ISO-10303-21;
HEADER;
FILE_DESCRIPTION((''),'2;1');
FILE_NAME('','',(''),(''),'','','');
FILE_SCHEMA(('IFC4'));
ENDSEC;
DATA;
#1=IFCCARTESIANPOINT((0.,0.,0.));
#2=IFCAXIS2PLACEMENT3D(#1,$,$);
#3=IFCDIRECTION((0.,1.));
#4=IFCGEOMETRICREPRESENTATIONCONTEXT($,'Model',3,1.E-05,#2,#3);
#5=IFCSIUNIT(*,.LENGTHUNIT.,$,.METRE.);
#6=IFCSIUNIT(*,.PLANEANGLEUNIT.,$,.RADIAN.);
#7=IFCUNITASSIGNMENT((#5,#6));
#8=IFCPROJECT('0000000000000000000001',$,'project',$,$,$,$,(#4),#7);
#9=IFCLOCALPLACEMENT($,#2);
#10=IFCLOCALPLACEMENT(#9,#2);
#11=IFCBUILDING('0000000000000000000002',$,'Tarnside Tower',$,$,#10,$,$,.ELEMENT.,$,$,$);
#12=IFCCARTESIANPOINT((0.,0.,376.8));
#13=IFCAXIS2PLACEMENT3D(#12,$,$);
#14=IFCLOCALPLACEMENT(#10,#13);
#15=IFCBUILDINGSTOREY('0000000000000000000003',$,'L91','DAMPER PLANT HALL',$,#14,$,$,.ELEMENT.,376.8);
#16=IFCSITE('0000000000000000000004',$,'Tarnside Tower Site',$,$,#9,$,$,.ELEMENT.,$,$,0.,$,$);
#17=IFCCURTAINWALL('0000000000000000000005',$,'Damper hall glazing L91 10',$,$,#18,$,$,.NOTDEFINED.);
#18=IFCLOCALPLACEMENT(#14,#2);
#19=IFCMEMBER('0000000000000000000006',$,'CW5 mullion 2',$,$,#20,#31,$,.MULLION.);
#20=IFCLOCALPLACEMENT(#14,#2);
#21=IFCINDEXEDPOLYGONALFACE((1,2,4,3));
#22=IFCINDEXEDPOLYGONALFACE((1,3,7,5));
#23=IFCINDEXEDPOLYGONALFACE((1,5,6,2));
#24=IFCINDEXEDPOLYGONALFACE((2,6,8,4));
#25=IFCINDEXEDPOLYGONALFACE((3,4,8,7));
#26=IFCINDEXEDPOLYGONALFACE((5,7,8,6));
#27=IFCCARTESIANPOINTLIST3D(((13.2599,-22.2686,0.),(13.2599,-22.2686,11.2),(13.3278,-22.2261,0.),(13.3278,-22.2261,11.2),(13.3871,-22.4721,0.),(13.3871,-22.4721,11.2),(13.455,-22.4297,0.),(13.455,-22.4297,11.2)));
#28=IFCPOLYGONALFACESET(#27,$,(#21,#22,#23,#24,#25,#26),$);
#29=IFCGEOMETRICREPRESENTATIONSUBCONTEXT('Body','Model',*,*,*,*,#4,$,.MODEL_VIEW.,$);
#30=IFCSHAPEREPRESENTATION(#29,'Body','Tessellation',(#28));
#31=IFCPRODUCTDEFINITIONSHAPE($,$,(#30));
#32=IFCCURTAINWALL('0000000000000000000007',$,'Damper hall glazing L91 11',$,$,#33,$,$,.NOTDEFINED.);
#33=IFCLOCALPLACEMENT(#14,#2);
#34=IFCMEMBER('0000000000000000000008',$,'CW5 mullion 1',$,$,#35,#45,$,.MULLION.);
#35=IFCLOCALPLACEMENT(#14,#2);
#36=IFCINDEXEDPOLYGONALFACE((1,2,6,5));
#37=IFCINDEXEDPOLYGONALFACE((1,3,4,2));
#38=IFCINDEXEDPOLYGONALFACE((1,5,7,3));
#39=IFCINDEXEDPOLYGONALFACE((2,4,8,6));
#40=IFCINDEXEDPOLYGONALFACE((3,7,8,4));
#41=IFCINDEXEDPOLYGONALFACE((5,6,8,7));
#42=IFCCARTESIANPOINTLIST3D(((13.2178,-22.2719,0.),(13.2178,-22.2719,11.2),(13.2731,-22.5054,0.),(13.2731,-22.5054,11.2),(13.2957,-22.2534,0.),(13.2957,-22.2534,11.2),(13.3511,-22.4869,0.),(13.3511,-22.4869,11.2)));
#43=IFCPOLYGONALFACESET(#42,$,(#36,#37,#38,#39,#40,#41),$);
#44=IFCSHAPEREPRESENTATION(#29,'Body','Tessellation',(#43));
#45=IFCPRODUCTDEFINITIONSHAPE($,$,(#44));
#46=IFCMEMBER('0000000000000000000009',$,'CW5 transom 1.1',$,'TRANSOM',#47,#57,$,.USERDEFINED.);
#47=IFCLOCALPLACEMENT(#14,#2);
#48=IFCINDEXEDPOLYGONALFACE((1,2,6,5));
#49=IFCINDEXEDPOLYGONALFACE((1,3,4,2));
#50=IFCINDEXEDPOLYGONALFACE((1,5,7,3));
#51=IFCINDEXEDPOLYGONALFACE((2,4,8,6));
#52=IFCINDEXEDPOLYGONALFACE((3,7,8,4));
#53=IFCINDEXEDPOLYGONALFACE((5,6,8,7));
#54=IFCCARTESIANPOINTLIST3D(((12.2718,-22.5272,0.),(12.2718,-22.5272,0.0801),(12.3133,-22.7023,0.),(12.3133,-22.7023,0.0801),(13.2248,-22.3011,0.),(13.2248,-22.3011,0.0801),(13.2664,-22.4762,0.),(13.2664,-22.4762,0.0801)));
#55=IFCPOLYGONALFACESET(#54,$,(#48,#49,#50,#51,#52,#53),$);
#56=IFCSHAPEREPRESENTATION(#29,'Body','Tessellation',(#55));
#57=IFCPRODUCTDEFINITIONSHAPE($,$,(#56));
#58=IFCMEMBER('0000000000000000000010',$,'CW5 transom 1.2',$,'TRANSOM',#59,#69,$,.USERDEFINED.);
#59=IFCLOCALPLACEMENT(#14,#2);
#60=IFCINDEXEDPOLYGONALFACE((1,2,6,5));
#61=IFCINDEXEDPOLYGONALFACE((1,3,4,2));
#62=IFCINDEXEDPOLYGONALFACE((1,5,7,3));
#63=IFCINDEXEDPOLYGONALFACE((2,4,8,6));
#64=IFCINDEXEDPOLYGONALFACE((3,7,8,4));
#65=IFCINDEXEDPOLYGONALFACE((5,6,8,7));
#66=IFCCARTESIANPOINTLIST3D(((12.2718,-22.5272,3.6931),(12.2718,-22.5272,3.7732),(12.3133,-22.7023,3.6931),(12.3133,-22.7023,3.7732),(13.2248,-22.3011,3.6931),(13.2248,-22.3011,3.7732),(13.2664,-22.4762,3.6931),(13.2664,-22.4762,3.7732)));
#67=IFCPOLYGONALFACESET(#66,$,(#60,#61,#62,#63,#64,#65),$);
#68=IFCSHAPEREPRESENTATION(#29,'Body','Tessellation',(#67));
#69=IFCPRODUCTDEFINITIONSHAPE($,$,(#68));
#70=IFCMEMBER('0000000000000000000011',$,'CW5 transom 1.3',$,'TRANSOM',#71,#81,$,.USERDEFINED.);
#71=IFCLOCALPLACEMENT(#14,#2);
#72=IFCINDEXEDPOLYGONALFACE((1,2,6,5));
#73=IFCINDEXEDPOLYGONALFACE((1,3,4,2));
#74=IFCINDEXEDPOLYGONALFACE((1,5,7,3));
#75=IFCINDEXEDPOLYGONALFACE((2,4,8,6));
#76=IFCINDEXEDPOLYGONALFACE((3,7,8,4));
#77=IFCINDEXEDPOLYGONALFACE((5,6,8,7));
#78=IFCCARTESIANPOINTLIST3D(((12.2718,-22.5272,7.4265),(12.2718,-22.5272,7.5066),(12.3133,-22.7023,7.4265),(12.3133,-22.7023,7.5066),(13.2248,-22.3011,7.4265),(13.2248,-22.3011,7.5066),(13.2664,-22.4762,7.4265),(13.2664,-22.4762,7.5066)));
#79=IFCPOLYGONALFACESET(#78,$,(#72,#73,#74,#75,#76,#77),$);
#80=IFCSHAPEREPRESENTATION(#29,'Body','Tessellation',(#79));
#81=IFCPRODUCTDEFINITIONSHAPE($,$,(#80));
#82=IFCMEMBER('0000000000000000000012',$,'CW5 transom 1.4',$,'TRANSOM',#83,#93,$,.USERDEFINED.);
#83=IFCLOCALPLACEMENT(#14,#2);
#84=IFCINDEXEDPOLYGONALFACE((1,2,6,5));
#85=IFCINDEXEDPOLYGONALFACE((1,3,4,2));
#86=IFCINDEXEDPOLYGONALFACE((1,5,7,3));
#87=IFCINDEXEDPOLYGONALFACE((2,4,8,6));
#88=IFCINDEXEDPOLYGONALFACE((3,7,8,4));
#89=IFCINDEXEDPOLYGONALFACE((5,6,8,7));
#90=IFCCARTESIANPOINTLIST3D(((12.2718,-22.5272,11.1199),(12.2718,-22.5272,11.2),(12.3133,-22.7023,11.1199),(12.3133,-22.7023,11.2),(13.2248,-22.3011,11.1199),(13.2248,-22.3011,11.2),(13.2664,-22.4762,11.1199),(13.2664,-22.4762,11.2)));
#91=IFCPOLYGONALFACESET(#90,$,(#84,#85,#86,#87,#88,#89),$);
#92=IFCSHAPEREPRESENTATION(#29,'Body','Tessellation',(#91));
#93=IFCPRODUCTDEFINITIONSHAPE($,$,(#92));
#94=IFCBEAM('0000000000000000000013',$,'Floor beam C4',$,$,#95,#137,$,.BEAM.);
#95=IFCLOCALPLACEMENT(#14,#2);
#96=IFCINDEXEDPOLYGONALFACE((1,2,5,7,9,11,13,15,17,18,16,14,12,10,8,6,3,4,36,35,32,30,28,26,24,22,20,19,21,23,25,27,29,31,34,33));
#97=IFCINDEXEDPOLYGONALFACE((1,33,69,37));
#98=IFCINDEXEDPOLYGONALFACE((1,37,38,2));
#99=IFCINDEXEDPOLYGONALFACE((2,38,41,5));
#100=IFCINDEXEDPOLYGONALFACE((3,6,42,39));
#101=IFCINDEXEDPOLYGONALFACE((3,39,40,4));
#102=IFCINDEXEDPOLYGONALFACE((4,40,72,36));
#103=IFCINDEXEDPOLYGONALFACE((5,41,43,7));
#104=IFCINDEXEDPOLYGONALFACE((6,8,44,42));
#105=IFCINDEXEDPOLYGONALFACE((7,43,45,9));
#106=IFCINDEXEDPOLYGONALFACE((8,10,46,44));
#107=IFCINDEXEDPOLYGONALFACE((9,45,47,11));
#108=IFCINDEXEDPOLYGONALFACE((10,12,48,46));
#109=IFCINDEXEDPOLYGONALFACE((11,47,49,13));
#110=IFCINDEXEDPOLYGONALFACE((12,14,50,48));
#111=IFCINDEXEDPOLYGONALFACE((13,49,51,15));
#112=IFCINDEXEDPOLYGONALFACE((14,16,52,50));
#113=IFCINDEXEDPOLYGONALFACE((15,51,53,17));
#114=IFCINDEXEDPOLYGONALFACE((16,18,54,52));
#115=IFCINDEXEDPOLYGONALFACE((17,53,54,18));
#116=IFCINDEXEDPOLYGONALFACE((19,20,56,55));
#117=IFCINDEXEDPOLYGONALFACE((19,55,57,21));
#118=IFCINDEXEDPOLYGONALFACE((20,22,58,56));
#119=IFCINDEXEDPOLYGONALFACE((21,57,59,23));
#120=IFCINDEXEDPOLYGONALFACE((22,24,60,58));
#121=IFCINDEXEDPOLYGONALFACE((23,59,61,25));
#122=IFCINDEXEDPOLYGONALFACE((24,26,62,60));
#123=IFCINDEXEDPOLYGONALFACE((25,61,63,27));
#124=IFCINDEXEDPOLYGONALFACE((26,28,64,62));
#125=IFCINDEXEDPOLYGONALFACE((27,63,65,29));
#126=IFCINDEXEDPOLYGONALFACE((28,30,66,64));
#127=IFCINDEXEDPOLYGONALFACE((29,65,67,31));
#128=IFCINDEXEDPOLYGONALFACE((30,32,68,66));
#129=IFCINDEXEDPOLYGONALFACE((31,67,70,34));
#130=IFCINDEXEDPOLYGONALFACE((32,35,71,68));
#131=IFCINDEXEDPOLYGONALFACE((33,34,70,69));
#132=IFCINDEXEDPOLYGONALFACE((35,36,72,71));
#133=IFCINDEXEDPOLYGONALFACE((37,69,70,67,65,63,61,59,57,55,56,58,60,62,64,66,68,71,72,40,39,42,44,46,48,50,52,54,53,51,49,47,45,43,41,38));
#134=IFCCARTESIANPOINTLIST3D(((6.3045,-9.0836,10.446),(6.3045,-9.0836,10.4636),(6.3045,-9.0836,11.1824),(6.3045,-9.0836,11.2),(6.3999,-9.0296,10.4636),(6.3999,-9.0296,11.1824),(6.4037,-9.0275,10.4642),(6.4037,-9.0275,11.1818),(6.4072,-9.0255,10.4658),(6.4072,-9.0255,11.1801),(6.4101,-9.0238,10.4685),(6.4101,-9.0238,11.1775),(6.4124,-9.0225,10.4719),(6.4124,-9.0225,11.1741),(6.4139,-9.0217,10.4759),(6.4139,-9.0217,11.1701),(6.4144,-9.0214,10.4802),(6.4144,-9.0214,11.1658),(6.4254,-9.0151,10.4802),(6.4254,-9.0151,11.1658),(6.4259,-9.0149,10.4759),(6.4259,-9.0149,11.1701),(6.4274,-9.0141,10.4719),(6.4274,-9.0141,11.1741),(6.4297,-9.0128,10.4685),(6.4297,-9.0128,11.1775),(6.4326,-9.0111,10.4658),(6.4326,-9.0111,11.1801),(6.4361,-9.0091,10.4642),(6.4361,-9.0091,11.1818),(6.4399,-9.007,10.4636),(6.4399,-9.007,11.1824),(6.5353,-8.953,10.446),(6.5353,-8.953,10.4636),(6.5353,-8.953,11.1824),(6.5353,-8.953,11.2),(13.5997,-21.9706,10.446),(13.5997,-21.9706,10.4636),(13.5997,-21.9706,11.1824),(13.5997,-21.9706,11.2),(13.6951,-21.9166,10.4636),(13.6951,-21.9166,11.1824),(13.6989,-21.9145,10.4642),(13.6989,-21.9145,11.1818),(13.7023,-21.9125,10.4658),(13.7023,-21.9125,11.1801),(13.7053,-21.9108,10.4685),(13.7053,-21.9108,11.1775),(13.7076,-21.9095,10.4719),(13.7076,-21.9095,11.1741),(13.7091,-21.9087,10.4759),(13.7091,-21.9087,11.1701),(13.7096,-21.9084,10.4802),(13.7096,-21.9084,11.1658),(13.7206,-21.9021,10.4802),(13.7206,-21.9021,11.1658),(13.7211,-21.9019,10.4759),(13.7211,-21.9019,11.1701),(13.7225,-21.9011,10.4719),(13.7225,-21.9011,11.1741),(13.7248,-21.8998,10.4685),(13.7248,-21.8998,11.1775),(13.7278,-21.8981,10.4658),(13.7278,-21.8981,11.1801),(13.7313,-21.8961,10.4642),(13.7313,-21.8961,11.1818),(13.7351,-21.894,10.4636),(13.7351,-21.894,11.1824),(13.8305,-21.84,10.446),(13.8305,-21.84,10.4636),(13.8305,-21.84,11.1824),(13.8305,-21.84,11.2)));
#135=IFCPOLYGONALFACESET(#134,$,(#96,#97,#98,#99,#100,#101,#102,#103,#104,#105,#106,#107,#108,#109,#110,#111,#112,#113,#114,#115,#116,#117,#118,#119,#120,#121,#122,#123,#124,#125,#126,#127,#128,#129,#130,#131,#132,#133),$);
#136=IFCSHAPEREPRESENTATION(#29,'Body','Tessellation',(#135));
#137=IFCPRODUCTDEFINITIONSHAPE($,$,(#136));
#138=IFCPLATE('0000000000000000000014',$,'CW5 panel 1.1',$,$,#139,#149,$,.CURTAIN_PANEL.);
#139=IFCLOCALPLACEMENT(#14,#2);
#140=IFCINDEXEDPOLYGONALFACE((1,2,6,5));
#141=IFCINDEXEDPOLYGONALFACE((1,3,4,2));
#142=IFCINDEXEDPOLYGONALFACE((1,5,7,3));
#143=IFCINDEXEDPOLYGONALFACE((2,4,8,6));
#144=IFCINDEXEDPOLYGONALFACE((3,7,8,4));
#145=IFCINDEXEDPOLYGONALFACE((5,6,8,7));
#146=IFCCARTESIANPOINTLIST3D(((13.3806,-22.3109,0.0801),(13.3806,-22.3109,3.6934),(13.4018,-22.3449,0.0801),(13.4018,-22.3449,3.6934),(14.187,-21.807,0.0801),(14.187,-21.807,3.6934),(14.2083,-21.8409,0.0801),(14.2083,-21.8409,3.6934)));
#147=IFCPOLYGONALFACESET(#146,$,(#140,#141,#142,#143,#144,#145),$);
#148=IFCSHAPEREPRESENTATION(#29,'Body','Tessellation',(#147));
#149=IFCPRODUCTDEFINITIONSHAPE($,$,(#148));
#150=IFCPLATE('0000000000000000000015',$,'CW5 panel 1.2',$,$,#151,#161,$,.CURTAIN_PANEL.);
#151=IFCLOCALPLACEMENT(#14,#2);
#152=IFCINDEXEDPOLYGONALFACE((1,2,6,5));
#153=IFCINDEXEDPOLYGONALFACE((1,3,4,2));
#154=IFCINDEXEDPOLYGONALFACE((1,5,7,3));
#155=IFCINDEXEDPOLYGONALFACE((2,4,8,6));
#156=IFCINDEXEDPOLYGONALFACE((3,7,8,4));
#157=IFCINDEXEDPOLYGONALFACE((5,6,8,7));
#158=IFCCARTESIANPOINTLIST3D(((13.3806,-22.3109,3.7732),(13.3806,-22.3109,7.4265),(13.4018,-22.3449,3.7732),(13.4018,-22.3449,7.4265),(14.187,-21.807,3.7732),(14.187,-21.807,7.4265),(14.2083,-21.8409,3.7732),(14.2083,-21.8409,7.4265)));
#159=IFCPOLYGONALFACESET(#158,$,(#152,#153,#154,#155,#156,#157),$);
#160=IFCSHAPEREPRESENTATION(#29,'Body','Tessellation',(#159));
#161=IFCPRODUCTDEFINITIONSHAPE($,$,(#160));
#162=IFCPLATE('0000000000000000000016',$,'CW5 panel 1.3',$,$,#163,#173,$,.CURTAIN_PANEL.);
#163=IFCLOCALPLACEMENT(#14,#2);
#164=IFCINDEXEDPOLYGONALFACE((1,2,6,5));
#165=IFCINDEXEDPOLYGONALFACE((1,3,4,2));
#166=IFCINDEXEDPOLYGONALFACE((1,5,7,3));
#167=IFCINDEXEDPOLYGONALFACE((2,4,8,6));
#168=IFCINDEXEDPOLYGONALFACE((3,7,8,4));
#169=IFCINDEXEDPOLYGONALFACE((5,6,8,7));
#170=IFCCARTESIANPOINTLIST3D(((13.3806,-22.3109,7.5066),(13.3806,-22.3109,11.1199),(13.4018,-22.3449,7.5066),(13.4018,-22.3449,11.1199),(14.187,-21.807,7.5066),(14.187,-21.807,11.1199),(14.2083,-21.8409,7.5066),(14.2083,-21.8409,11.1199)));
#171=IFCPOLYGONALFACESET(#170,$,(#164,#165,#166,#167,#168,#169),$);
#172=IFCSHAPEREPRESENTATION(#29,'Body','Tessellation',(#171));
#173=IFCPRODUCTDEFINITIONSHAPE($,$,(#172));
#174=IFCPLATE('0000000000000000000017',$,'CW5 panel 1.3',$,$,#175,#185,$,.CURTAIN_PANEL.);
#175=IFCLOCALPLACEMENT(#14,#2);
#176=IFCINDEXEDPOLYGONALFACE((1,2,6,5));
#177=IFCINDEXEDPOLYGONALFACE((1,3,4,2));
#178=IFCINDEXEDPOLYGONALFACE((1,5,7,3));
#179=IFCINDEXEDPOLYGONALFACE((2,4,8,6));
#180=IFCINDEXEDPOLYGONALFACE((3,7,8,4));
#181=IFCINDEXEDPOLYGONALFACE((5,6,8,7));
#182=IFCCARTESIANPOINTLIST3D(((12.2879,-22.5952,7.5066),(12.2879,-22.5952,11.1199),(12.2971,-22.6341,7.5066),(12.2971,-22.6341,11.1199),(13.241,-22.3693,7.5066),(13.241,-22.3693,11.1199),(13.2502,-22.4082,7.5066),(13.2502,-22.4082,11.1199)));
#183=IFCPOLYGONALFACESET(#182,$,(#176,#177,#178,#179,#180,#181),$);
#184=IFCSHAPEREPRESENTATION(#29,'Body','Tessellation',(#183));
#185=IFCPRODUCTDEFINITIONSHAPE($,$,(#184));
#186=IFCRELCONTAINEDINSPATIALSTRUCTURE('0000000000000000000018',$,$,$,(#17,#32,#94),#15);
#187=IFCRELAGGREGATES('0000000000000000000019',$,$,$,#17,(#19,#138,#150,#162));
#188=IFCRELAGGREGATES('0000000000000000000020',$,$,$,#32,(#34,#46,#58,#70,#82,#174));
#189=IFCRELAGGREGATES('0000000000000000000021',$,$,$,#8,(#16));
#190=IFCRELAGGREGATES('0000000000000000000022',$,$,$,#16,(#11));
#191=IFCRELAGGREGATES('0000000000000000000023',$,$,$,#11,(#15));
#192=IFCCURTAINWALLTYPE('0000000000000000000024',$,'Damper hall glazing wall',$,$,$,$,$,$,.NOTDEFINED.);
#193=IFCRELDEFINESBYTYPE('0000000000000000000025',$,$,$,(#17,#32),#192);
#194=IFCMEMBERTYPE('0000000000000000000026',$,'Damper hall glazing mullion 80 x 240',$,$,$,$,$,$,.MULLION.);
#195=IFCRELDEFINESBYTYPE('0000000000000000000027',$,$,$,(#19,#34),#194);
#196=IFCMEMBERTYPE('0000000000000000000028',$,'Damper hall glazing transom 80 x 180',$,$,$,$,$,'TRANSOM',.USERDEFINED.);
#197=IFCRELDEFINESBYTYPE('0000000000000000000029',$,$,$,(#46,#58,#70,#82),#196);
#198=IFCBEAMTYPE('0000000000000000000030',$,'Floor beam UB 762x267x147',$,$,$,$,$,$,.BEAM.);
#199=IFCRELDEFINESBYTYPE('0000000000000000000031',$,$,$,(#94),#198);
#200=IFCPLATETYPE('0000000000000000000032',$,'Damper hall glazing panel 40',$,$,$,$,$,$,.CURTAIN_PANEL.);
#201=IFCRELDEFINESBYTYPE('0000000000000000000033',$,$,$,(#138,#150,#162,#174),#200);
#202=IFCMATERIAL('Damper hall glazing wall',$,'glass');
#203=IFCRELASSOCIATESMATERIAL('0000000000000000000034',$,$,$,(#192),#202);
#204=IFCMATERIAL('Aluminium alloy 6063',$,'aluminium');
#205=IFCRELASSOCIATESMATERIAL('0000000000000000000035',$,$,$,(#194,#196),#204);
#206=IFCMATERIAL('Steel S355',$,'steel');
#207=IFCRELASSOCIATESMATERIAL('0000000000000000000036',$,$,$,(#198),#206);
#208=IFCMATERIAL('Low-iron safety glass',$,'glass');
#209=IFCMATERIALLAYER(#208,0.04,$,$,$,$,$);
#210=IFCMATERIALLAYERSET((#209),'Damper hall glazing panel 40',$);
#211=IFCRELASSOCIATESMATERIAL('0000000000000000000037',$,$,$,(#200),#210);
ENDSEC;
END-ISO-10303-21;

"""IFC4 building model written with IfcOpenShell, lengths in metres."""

from ifc_helpers import new_model, si_unit, direction, frame, origin, origin_2d, place, context, subcontext, project, spatial, rectangle, i_section, extrude, material, layer, layer_set, material_profile, profile_set, type_object, element, aggregate, save


model = new_model("IFC4")

# Units and contexts
model_context = context("Model", 3, precision=1e-05, world=origin(), true_north=direction((0.0, 1.0)))
body_context = subcontext(model_context, "Body", "Model", "MODEL_VIEW")
ifc_project = project(units=[si_unit("LENGTHUNIT", "METRE"), si_unit("PLANEANGLEUNIT", "RADIAN")], contexts=[model_context])

# Site, building, storey
site_placement = place(None, origin())
site = spatial("IfcSite", under=ifc_project, at=site_placement, Name="Tarnside Tower Site", CompositionType="ELEMENT", RefElevation=0.0)
building_placement = place(site_placement, origin())
building = spatial("IfcBuilding", under=site, at=building_placement, Name="Tarnside Tower", CompositionType="ELEMENT")
storey_placement = place(building_placement, frame((0.0, 0.0, 376.8)))
storey = spatial("IfcBuildingStorey", under=building, at=storey_placement, Name="L91", Description="DAMPER PLANT HALL", CompositionType="ELEMENT", Elevation=376.8)

# Curtain wall, member
ifc_material_1 = material(Name="Damper hall glazing wall", Category="glass")
curtain_wall_type = type_object("IfcCurtainWallType", Name="Damper hall glazing wall", PredefinedType="NOTDEFINED", material=ifc_material_1)
curtain_wall_1_placement = place(storey_placement, origin())
curtain_wall_1 = element("IfcCurtainWall", 1, at=curtain_wall_1_placement, inside=storey, type_object=curtain_wall_type, Name="Damper hall glazing L91 10", PredefinedType="NOTDEFINED")
ifc_material_2 = material(Name="Aluminium alloy 6063", Category="aluminium")
ifc_material_profile_1 = material_profile(ifc_material_2, rectangle(XDim=0.24, YDim=0.0801, at=origin_2d()), Name="Damper hall glazing mullion 80 x 240")
ifc_profile_set_1 = profile_set([ifc_material_profile_1], Name="Aluminium alloy 6063")
member_type_1 = type_object("IfcMemberType", Name="Damper hall glazing mullion 80 x 240", PredefinedType="MULLION", material=ifc_profile_set_1)
member_1_placement = place(storey_placement, frame((13.3574, -22.3491, 0.0), z_axis=(0.0, 0.0, 1.0), x_axis=(0.529919, -0.848048, 0.0)))
member_1 = element("IfcMember", 2, at=member_1_placement, type_object=member_type_1, Name="CW5 mullion 2", PredefinedType="MULLION", context=body_context, shape_type="SweptSolid", body=[
    extrude(rectangle(XDim=0.24, YDim=0.0801, at=origin_2d()), origin(), (0.0, 0.0, 1.0), 11.2),
])

# Curtain wall, members
curtain_wall_2_placement = place(storey_placement, origin())
curtain_wall_2 = element("IfcCurtainWall", 3, at=curtain_wall_2_placement, inside=storey, type_object=curtain_wall_type, Name="Damper hall glazing L91 11", PredefinedType="NOTDEFINED")
member_2_placement = place(storey_placement, frame((13.2844, -22.3794, 0.0), z_axis=(0.0, 0.0, 1.0), x_axis=(0.230616, -0.973045, 0.0)))
member_2 = element("IfcMember", 4, at=member_2_placement, type_object=member_type_1, Name="CW5 mullion 1", PredefinedType="MULLION", context=body_context, shape_type="SweptSolid", body=[
    extrude(rectangle(XDim=0.24, YDim=0.0801, at=origin_2d()), origin(), (0.0, 0.0, 1.0), 11.2),
])
ifc_material_profile_2 = material_profile(ifc_material_2, rectangle(XDim=0.1799, YDim=0.0801, at=origin_2d()), Name="Damper hall glazing transom 80 x 180")
ifc_profile_set_2 = profile_set([ifc_material_profile_2], Name="Aluminium alloy 6063")
member_type_2 = type_object("IfcMemberType", Name="Damper hall glazing transom 80 x 180", ElementType="TRANSOM", PredefinedType="USERDEFINED", material=ifc_profile_set_2)
member_3_placement = place(storey_placement, frame((13.2456, -22.3887, 0.04), z_axis=(-0.973004, -0.230789, 0.0), x_axis=(0.230789, -0.973004, 0.0)))
member_3 = element("IfcMember", 5, at=member_3_placement, type_object=member_type_2, Name="CW5 transom 1.1", ObjectType="TRANSOM", PredefinedType="USERDEFINED", context=body_context, shape_type="SweptSolid", body=[
    extrude(rectangle(XDim=0.1799, YDim=0.0801, at=origin_2d()), origin(), (0.0, 0.0, 1.0), 0.9795),
])
member_4_placement = place(storey_placement, frame((13.2456, -22.3887, 3.7332), z_axis=(-0.973004, -0.230789, 0.0), x_axis=(0.230789, -0.973004, 0.0)))
member_4 = element("IfcMember", 6, at=member_4_placement, type_object=member_type_2, Name="CW5 transom 1.2", ObjectType="TRANSOM", PredefinedType="USERDEFINED", context=body_context, shape_type="SweptSolid", body=[
    extrude(rectangle(XDim=0.1799, YDim=0.0801, at=origin_2d()), origin(), (0.0, 0.0, 1.0), 0.9795),
])
member_5_placement = place(storey_placement, frame((13.2456, -22.3887, 7.4666), z_axis=(-0.973004, -0.230789, 0.0), x_axis=(0.230789, -0.973004, 0.0)))
member_5 = element("IfcMember", 7, at=member_5_placement, type_object=member_type_2, Name="CW5 transom 1.3", ObjectType="TRANSOM", PredefinedType="USERDEFINED", context=body_context, shape_type="SweptSolid", body=[
    extrude(rectangle(XDim=0.1799, YDim=0.0801, at=origin_2d()), origin(), (0.0, 0.0, 1.0), 0.9795),
])
member_6_placement = place(storey_placement, frame((13.2456, -22.3887, 11.1599), z_axis=(-0.973004, -0.230789, 0.0), x_axis=(0.230789, -0.973004, 0.0)))
member_6 = element("IfcMember", 8, at=member_6_placement, type_object=member_type_2, Name="CW5 transom 1.4", ObjectType="TRANSOM", PredefinedType="USERDEFINED", context=body_context, shape_type="SweptSolid", body=[
    extrude(rectangle(XDim=0.1799, YDim=0.0801, at=origin_2d()), origin(), (0.0, 0.0, 1.0), 0.9795),
])

# Beam
ifc_material_3 = material(Name="Steel S355", Category="steel")
ifc_material_profile_3 = material_profile(ifc_material_3, i_section(OverallWidth=0.2651, OverallDepth=0.7539, WebThickness=0.0127, FlangeThickness=0.0176, FilletRadius=0.0166, at=origin_2d()), Name="UB 762x267x147")
ifc_profile_set_3 = profile_set([ifc_material_profile_3], Name="Steel S355")
beam_type = type_object("IfcBeamType", Name="Floor beam UB 762x267x147", PredefinedType="BEAM", material=ifc_profile_set_3)
beam_placement = place(storey_placement, frame((13.7151, -21.9053, 10.823), z_axis=(-0.492632, 0.870238, 0.0), x_axis=(-0.870238, -0.492632, 0.0)))
element("IfcBeam", 9, at=beam_placement, inside=storey, type_object=beam_type, Name="Floor beam C4", PredefinedType="BEAM", context=body_context, shape_type="SweptSolid", body=[
    extrude(i_section(OverallWidth=0.2651, OverallDepth=0.7539, WebThickness=0.0127, FlangeThickness=0.0176, FilletRadius=0.0166, at=origin_2d()), origin(), (0.0, 0.0, 1.0), 14.8086),
])

# Plates
ifc_material_4 = material(Name="Low-iron safety glass", Category="glass")
ifc_layer_1 = layer(ifc_material_4, 0.04)
ifc_layer_set_1 = layer_set([ifc_layer_1], Name="Damper hall glazing panel 40")
plate_type = type_object("IfcPlateType", Name="Damper hall glazing panel 40", PredefinedType="CURTAIN_PANEL", material=ifc_layer_set_1)
plate_1_placement = place(storey_placement, frame((13.7944, -22.0759, 0.0801), z_axis=(0.0, 0.0, 1.0), x_axis=(-0.848048, -0.529919, 0.0)))
plate_1 = element("IfcPlate", 10, at=plate_1_placement, type_object=plate_type, Name="CW5 panel 1.1", PredefinedType="CURTAIN_PANEL", context=body_context, shape_type="SweptSolid", body=[
    extrude(rectangle(XDim=0.9509, YDim=0.04, at=origin_2d()), origin(), (0.0, 0.0, 1.0), 3.6133),
])
plate_2_placement = place(storey_placement, frame((13.7944, -22.0759, 3.7732), z_axis=(0.0, 0.0, 1.0), x_axis=(-0.848048, -0.529919, 0.0)))
plate_2 = element("IfcPlate", 11, at=plate_2_placement, type_object=plate_type, Name="CW5 panel 1.2", PredefinedType="CURTAIN_PANEL", context=body_context, shape_type="SweptSolid", body=[
    extrude(rectangle(XDim=0.9509, YDim=0.04, at=origin_2d()), origin(), (0.0, 0.0, 1.0), 3.6533),
])
plate_3_placement = place(storey_placement, frame((13.7944, -22.0759, 7.5066), z_axis=(0.0, 0.0, 1.0), x_axis=(-0.848048, -0.529919, 0.0)))
plate_3 = element("IfcPlate", 12, at=plate_3_placement, type_object=plate_type, Name="CW5 panel 1.3", PredefinedType="CURTAIN_PANEL", context=body_context, shape_type="SweptSolid", body=[
    extrude(rectangle(XDim=0.9509, YDim=0.04, at=origin_2d()), origin(), (0.0, 0.0, 1.0), 3.6133),
])
aggregate(curtain_wall_1, [member_1, plate_1, plate_2, plate_3])
plate_4_placement = place(storey_placement, frame((12.769, -22.5017, 7.5066), z_axis=(0.0, 0.0, 1.0), x_axis=(-0.973045, -0.230616, 0.0)))
plate_4 = element("IfcPlate", 13, at=plate_4_placement, type_object=plate_type, Name="CW5 panel 1.3", PredefinedType="CURTAIN_PANEL", context=body_context, shape_type="SweptSolid", body=[
    extrude(rectangle(XDim=0.9795, YDim=0.04, at=origin_2d()), origin(), (0.0, 0.0, 1.0), 3.6133),
])
aggregate(curtain_wall_2, [member_2, member_3, member_4, member_5, member_6, plate_4])

save(model, "model.ifc")
